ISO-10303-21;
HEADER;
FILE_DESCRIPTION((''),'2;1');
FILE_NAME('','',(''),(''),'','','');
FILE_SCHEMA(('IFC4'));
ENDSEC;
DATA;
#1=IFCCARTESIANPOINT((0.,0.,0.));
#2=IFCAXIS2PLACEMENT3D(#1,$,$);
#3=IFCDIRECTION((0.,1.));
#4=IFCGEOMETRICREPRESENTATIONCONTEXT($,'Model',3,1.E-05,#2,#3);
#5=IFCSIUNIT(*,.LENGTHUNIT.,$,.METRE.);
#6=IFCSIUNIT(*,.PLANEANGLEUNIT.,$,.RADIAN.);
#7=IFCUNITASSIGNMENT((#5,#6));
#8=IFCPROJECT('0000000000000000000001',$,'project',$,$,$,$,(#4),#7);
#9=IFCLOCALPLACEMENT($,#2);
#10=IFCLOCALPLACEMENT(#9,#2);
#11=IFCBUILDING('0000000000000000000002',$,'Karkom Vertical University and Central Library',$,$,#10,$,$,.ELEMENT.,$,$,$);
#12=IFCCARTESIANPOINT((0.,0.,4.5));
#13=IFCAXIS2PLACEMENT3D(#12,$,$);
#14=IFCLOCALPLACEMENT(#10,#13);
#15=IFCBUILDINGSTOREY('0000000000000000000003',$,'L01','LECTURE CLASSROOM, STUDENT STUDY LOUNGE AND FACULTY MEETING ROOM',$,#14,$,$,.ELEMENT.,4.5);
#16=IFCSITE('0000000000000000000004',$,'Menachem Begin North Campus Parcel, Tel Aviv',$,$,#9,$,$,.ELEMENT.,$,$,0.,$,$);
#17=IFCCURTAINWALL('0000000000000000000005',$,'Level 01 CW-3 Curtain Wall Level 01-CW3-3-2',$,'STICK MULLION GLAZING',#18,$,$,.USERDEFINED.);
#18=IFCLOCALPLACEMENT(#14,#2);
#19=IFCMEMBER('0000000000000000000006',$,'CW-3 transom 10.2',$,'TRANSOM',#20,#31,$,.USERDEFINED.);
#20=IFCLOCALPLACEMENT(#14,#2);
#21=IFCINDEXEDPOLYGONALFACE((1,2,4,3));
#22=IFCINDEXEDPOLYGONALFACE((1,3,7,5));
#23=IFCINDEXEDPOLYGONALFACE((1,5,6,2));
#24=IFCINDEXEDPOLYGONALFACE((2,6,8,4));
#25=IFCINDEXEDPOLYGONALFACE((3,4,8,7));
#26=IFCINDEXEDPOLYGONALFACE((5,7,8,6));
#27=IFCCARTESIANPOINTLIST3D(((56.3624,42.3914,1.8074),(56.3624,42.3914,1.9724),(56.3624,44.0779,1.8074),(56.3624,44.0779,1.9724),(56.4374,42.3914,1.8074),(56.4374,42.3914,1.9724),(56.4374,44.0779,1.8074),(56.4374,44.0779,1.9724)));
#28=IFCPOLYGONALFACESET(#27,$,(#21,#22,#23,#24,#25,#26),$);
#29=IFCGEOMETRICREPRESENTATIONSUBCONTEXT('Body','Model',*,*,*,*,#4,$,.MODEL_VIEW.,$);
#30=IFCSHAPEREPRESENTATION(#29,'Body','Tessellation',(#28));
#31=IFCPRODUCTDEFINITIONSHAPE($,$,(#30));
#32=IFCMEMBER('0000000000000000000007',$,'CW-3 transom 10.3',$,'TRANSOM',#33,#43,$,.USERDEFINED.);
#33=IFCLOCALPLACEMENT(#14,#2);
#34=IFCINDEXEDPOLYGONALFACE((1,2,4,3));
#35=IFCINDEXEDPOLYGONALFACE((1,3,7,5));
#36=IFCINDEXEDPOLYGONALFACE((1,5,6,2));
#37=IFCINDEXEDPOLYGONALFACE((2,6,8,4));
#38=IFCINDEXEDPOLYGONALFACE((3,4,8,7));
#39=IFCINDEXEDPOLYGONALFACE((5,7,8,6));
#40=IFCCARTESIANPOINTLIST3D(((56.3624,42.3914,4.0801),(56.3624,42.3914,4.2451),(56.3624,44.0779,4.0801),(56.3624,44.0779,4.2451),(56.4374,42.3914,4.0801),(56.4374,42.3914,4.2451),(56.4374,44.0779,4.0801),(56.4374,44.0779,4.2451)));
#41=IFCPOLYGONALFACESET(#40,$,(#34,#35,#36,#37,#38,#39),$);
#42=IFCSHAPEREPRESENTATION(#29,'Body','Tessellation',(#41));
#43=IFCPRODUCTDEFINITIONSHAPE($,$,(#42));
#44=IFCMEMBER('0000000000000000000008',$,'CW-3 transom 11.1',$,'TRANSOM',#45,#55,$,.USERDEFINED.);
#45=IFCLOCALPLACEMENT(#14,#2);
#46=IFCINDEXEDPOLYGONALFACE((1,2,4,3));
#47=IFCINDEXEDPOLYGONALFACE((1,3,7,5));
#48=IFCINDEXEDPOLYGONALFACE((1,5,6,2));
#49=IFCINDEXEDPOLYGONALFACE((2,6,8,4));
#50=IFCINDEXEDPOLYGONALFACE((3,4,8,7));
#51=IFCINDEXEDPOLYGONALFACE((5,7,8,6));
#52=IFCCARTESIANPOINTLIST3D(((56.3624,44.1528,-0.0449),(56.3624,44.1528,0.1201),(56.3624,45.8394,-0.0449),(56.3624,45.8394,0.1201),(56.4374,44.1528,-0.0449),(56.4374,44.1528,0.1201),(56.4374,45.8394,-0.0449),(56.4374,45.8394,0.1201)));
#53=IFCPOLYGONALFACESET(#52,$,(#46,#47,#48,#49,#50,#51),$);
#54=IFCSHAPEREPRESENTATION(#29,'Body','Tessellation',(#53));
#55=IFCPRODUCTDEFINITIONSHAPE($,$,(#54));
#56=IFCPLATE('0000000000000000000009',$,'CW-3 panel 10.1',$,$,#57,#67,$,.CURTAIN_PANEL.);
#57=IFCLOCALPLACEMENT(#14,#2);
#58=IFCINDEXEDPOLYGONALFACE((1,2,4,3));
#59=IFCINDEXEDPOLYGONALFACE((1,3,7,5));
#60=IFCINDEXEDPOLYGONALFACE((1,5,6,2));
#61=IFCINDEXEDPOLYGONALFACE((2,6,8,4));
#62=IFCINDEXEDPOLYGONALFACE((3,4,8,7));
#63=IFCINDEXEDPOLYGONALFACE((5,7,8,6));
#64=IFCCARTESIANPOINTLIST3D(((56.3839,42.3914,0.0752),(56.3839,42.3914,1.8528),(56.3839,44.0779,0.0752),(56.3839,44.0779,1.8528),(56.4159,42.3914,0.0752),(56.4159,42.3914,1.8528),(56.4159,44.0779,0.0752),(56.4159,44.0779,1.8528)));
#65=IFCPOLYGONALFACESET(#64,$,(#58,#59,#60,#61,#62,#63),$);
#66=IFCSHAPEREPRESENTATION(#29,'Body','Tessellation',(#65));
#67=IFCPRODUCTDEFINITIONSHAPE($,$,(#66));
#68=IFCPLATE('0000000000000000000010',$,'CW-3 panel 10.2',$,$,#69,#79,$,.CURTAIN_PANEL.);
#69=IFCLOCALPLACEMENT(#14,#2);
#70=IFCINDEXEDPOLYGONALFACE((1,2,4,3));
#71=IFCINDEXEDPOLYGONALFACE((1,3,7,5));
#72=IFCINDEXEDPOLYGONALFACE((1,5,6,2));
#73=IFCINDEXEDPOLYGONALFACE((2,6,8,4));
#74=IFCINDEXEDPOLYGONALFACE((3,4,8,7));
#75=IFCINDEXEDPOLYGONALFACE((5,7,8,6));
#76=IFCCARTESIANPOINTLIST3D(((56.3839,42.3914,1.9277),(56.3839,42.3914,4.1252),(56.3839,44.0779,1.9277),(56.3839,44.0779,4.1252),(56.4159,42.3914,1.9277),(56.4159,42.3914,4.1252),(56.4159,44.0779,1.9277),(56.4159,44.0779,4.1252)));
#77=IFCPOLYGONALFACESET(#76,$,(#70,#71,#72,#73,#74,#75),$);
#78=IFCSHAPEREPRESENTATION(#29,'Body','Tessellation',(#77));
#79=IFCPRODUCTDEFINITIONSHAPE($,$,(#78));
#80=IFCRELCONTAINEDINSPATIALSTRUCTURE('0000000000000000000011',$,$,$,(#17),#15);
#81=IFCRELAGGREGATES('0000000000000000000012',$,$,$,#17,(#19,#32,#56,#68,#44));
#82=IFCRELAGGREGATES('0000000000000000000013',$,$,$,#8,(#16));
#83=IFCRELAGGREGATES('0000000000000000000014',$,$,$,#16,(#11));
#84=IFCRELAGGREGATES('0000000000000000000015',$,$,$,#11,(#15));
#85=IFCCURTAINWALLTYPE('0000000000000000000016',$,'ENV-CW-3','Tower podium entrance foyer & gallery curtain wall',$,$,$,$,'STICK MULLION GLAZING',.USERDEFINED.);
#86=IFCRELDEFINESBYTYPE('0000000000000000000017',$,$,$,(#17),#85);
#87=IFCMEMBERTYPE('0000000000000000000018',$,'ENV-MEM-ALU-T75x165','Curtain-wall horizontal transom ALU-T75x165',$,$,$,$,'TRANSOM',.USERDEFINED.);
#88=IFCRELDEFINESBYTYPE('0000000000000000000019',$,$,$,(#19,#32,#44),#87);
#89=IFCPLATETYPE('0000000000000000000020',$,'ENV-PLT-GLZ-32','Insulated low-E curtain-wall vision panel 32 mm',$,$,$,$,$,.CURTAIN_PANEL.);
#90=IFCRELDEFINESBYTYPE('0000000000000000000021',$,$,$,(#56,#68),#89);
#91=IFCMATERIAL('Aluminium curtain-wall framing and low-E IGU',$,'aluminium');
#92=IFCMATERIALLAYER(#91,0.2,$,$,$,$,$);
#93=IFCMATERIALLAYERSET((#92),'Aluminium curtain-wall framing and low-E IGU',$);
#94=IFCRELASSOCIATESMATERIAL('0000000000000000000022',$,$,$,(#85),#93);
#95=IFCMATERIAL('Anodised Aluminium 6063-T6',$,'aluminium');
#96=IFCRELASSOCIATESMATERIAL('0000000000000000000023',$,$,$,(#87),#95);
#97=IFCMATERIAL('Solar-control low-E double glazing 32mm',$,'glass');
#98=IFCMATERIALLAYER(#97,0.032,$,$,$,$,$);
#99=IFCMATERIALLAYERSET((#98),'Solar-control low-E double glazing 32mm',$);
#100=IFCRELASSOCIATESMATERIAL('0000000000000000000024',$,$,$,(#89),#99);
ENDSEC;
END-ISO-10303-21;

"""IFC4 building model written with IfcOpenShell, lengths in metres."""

from ifc_helpers import new_model, si_unit, direction, frame, origin, origin_with_axes, origin_2d, place, context, subcontext, project, spatial, rectangle, extrude, source, transform, mapped, material, layer, layer_set, material_profile, profile_set, type_object, element, aggregate, save


model = new_model("IFC4")

# Units and contexts
model_context = context("Model", 3, precision=1e-05, world=origin(), true_north=direction((0.0, 1.0)))
body_context = subcontext(model_context, "Body", "Model", "MODEL_VIEW")
ifc_project = project(units=[si_unit("LENGTHUNIT", "METRE"), si_unit("PLANEANGLEUNIT", "RADIAN")], contexts=[model_context])

# Site, building, storey
site_placement = place(None, origin())
site = spatial("IfcSite", under=ifc_project, at=site_placement, Name="Menachem Begin North Campus Parcel, Tel Aviv", CompositionType="ELEMENT", RefElevation=0.0)
building_placement = place(site_placement, origin())
building = spatial("IfcBuilding", under=site, at=building_placement, Name="Karkom Vertical University and Central Library", CompositionType="ELEMENT")
storey_placement = place(building_placement, frame((0.0, 0.0, 4.5)))
storey = spatial("IfcBuildingStorey", under=building, at=storey_placement, Name="L01", Description="LECTURE CLASSROOM, STUDENT STUDY LOUNGE AND FACULTY MEETING ROOM", CompositionType="ELEMENT", Elevation=4.5)

# Curtain wall, members, plates
ifc_material_1 = material(Name="Aluminium curtain-wall framing and low-E IGU", Category="aluminium")
ifc_layer_1 = layer(ifc_material_1, 0.2)
ifc_layer_set_1 = layer_set([ifc_layer_1], Name="Aluminium curtain-wall framing and low-E IGU")
curtain_wall_type = type_object("IfcCurtainWallType", Name="ENV-CW-3", Description="Tower podium entrance foyer & gallery curtain wall", ElementType="STICK MULLION GLAZING", PredefinedType="USERDEFINED", material=ifc_layer_set_1)
curtain_wall_placement = place(storey_placement, origin())
curtain_wall = element("IfcCurtainWall", 1, at=curtain_wall_placement, inside=storey, type_object=curtain_wall_type, Name="Level 01 CW-3 Curtain Wall Level 01-CW3-3-2", ObjectType="STICK MULLION GLAZING", PredefinedType="USERDEFINED")
ifc_material_2 = material(Name="Anodised Aluminium 6063-T6", Category="aluminium")
ifc_material_profile_1 = material_profile(ifc_material_2, rectangle(XDim=0.075, YDim=0.165, at=origin_2d()), Name="ALU-T75x165")
ifc_profile_set_1 = profile_set([ifc_material_profile_1], Name="Anodised Aluminium 6063-T6")
member_type_1 = type_object("IfcMemberType", Name="ENV-MEM-ALU-T75x165", Description="Curtain-wall horizontal transom ALU-T75x165", ElementType="TRANSOM", PredefinedType="USERDEFINED", material=ifc_profile_set_1)
shared_shape_1 = source(origin_with_axes(), body_context, "Body", "SweptSolid", [
    extrude(rectangle(XDim=0.075, YDim=0.165, at=origin_2d()), origin(), (0.0, 0.0, 1.0), 1.6865),
])
member_1_placement = place(storey_placement, frame((56.3999, 42.3914, 1.8899), z_axis=(0.0, 1.0, 0.0), x_axis=(-1.0, 0.0, 0.0)))
member_1 = element("IfcMember", 2, at=member_1_placement, type_object=member_type_1, Name="CW-3 transom 10.2", ObjectType="TRANSOM", PredefinedType="USERDEFINED", context=body_context, shape_type="MappedRepresentation", body=[
    mapped(shared_shape_1, transform((0.0, 0.0, 0.0), scale=1.0)),
])
member_2_placement = place(storey_placement, frame((56.3999, 42.3914, 4.1626), z_axis=(0.0, 1.0, 0.0), x_axis=(-1.0, 0.0, 0.0)))
member_2 = element("IfcMember", 3, at=member_2_placement, type_object=member_type_1, Name="CW-3 transom 10.3", ObjectType="TRANSOM", PredefinedType="USERDEFINED", context=body_context, shape_type="MappedRepresentation", body=[
    mapped(shared_shape_1, transform((0.0, 0.0, 0.0), scale=1.0)),
])
member_3_placement = place(storey_placement, frame((56.3999, 44.1528, 0.0376), z_axis=(0.0, 1.0, 0.0), x_axis=(-1.0, 0.0, 0.0)))
member_3 = element("IfcMember", 4, at=member_3_placement, type_object=member_type_1, Name="CW-3 transom 11.1", ObjectType="TRANSOM", PredefinedType="USERDEFINED", context=body_context, shape_type="MappedRepresentation", body=[
    mapped(shared_shape_1, transform((0.0, 0.0, 0.0), scale=1.0)),
])
ifc_material_3 = material(Name="Solar-control low-E double glazing 32mm", Category="glass")
ifc_layer_2 = layer(ifc_material_3, 0.032)
ifc_layer_set_2 = layer_set([ifc_layer_2], Name="Solar-control low-E double glazing 32mm")
plate_type = type_object("IfcPlateType", Name="ENV-PLT-GLZ-32", Description="Insulated low-E curtain-wall vision panel 32 mm", PredefinedType="CURTAIN_PANEL", material=ifc_layer_set_2)
shared_shape_2 = source(origin_with_axes(), body_context, "Body", "SweptSolid", [
    extrude(rectangle(XDim=1.6865, YDim=0.032, at=origin_2d()), origin(), (0.0, 0.0, 1.0), 1.7776),
])
plate_1_placement = place(storey_placement, frame((56.3999, 43.2346, 0.0752), z_axis=(0.0, 0.0, 1.0), x_axis=(0.0, 1.0, 0.0)))
plate_1 = element("IfcPlate", 5, at=plate_1_placement, type_object=plate_type, Name="CW-3 panel 10.1", PredefinedType="CURTAIN_PANEL", context=body_context, shape_type="MappedRepresentation", body=[
    mapped(shared_shape_2, transform((0.0, 0.0, 0.0), scale=1.0)),
])
shared_shape_3 = source(origin_with_axes(), body_context, "Body", "SweptSolid", [
    extrude(rectangle(XDim=1.6865, YDim=0.032, at=origin_2d()), origin(), (0.0, 0.0, 1.0), 2.1975),
])
plate_2_placement = place(storey_placement, frame((56.3999, 43.2346, 1.9277), z_axis=(0.0, 0.0, 1.0), x_axis=(0.0, 1.0, 0.0)))
plate_2 = element("IfcPlate", 6, at=plate_2_placement, type_object=plate_type, Name="CW-3 panel 10.2", PredefinedType="CURTAIN_PANEL", context=body_context, shape_type="MappedRepresentation", body=[
    mapped(shared_shape_3, transform((0.0, 0.0, 0.0), scale=1.0)),
])
aggregate(curtain_wall, [member_1, member_2, plate_1, plate_2, member_3])

save(model, "model.ifc")
